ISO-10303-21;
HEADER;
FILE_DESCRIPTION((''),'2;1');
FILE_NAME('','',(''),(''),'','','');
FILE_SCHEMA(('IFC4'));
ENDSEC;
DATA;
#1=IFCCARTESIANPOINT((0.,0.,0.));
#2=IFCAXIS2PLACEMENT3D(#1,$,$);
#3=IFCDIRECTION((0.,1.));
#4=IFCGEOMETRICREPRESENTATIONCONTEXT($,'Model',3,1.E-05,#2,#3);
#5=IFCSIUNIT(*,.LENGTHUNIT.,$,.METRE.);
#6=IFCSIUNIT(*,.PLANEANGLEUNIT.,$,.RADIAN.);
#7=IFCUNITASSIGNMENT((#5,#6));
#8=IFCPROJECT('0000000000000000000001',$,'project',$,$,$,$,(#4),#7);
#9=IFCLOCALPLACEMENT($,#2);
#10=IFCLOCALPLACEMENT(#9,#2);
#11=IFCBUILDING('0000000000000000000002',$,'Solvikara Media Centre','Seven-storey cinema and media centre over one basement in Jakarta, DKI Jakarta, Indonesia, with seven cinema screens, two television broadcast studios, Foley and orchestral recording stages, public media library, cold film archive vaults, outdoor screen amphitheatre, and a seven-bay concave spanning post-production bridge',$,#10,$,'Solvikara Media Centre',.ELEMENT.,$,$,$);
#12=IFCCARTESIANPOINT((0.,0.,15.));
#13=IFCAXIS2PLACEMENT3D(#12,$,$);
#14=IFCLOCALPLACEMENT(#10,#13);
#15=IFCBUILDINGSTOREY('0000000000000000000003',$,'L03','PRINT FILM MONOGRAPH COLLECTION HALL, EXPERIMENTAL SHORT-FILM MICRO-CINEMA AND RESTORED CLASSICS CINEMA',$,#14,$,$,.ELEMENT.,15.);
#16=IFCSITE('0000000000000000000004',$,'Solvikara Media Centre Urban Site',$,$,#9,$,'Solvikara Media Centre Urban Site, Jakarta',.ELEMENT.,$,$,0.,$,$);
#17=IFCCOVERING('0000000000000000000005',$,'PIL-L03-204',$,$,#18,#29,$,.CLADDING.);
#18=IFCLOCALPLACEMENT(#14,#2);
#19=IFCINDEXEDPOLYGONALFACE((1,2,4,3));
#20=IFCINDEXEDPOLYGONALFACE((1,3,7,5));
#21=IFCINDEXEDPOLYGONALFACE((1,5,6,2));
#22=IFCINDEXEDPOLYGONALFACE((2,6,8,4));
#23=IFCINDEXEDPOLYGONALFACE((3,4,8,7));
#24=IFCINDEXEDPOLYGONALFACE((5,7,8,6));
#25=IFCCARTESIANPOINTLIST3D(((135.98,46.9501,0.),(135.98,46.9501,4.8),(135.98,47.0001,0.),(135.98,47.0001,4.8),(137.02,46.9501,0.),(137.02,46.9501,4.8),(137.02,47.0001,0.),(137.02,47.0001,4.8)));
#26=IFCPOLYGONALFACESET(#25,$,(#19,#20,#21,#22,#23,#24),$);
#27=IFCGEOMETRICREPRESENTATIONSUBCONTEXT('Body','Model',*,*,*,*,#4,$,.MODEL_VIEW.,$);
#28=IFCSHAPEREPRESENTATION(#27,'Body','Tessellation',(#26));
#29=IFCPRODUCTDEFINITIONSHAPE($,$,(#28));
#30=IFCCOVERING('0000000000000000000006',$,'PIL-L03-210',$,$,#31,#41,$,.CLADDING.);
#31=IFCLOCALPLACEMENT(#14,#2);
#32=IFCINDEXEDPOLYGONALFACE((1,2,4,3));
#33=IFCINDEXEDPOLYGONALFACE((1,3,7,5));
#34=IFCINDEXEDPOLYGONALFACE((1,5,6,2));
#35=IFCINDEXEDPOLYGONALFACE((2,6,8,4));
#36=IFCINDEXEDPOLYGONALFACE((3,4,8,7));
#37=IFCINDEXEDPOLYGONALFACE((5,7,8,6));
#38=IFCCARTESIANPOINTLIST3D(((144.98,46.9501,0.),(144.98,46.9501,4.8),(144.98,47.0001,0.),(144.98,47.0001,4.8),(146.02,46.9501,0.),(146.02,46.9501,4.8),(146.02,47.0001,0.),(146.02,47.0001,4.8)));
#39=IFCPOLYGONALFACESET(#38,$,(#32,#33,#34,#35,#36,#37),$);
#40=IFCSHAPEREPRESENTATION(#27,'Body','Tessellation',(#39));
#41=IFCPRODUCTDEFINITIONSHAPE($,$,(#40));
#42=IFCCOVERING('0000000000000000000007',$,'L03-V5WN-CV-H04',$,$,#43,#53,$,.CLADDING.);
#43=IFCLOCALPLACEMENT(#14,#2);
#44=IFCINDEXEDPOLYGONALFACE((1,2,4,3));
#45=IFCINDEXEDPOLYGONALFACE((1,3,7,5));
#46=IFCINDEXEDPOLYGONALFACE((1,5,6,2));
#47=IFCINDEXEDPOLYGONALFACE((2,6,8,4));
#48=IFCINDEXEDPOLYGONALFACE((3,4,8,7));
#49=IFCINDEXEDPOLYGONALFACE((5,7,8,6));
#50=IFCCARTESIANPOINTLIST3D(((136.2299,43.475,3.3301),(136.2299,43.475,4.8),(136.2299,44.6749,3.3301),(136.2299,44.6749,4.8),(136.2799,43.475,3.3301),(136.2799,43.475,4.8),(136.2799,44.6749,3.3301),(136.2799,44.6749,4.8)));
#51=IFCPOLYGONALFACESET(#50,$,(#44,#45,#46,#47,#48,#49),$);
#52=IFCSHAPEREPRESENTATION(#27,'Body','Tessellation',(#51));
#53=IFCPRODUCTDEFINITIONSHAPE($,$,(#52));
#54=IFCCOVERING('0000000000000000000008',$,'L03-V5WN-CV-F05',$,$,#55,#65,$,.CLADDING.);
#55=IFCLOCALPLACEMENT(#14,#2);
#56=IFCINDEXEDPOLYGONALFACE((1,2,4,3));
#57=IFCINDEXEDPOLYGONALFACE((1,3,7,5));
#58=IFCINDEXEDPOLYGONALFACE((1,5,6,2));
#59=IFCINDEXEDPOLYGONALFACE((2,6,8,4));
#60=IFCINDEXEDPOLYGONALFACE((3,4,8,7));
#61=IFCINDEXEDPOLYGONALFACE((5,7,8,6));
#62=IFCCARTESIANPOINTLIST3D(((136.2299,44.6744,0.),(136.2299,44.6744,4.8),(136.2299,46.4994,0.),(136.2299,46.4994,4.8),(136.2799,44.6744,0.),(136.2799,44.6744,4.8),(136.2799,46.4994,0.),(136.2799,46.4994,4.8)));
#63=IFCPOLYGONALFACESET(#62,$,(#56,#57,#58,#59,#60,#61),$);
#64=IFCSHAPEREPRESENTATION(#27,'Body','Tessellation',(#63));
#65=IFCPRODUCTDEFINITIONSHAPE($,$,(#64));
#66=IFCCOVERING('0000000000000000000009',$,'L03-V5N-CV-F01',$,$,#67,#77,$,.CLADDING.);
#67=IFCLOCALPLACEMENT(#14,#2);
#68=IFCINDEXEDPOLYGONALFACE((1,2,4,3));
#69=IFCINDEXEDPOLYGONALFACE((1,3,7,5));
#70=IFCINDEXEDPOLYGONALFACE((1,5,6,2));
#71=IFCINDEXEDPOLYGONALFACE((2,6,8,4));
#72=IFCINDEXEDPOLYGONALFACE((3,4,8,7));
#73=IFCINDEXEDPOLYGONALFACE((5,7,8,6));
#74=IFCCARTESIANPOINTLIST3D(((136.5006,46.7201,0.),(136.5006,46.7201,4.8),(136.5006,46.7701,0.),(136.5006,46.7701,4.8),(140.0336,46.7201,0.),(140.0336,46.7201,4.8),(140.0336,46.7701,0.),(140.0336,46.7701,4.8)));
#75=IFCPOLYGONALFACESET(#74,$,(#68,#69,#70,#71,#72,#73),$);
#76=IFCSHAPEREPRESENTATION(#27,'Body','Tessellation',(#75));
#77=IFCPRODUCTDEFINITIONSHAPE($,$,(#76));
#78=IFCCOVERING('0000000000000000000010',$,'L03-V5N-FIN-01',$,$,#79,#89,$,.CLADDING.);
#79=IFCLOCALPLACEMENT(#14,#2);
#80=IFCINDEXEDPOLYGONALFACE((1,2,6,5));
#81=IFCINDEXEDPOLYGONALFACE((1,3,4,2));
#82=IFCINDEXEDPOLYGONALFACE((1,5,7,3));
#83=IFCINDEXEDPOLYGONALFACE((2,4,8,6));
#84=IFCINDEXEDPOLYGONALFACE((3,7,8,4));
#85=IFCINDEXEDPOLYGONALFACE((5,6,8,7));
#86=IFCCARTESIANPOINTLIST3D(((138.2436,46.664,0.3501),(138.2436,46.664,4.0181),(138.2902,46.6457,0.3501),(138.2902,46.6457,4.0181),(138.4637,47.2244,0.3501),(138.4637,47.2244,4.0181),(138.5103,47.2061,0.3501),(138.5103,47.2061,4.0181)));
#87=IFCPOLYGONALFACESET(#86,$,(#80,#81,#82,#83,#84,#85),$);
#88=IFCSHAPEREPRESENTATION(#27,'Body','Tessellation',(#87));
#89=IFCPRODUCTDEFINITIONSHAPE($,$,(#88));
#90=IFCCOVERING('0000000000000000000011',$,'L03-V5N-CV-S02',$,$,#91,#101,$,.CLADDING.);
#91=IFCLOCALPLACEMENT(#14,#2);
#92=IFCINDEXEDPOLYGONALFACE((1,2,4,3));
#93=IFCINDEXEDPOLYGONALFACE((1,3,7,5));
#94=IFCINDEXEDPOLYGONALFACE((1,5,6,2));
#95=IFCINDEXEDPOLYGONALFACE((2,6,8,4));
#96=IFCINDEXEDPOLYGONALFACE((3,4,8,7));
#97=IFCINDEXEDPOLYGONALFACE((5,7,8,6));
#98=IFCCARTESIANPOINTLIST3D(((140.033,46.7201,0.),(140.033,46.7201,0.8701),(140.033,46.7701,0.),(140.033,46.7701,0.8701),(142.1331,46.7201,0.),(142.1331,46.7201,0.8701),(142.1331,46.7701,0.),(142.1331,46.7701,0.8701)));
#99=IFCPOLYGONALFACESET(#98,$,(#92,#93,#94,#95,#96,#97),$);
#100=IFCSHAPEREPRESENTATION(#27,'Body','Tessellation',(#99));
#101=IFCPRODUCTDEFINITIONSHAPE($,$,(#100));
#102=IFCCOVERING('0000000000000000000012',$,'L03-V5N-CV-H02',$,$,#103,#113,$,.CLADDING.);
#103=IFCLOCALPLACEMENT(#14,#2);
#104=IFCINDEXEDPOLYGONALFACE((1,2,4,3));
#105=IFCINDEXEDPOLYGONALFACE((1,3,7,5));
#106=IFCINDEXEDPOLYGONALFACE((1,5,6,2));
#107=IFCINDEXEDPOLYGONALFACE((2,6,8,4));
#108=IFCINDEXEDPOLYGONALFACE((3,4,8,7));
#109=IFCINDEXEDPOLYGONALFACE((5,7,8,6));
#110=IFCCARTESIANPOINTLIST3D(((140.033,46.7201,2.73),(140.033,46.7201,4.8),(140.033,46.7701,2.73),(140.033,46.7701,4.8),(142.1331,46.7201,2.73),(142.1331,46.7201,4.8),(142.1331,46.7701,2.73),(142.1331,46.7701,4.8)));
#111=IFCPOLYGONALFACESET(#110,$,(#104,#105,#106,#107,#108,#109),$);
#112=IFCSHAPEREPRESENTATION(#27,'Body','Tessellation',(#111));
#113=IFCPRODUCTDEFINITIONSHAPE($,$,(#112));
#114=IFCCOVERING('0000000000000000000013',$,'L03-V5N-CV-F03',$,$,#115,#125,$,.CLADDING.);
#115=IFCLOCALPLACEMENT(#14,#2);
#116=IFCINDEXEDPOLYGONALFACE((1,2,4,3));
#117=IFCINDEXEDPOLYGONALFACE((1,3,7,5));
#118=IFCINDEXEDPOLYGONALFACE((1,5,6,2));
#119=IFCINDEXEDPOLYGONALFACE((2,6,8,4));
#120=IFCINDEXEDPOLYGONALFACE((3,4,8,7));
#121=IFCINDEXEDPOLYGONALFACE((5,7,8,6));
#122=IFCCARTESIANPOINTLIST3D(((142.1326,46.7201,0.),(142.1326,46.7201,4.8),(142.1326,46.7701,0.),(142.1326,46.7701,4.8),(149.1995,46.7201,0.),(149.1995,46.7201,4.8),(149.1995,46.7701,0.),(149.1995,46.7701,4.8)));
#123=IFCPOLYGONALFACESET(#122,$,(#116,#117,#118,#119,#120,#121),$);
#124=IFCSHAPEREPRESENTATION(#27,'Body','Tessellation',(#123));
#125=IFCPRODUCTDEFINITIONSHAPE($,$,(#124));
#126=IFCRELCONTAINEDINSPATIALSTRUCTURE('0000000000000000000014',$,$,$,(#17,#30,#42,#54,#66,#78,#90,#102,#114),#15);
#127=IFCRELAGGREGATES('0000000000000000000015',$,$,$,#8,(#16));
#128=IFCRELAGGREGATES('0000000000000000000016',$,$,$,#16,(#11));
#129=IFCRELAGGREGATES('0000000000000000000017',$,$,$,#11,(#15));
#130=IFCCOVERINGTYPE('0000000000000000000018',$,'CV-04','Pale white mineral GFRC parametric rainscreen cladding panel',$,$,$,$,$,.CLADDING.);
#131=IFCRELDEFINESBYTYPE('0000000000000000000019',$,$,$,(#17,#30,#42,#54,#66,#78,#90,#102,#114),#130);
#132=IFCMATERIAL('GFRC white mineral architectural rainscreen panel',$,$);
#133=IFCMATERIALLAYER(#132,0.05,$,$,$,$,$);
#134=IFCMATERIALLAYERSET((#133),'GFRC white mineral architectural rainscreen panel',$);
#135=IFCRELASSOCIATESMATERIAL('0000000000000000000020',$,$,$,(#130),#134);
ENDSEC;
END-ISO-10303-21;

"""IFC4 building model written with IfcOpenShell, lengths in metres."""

from ifc_helpers import new_model, si_unit, direction, frame, origin, origin_2d, place, context, subcontext, project, spatial, rectangle, extrude, material, layer, layer_set, type_object, element, save


model = new_model("IFC4")

# Units and contexts
model_context = context("Model", 3, precision=1e-05, world=origin(), true_north=direction((0.0, 1.0)))
body_context = subcontext(model_context, "Body", "Model", "MODEL_VIEW")
ifc_project = project(units=[si_unit("LENGTHUNIT", "METRE"), si_unit("PLANEANGLEUNIT", "RADIAN")], contexts=[model_context])

# Site, building, storey
site_placement = place(None, origin())
site = spatial("IfcSite", under=ifc_project, at=site_placement, Name="Solvikara Media Centre Urban Site", LongName="Solvikara Media Centre Urban Site, Jakarta", CompositionType="ELEMENT", RefElevation=0.0)
building_placement = place(site_placement, origin())
building = spatial("IfcBuilding", under=site, at=building_placement, Name="Solvikara Media Centre", Description="Seven-storey cinema and media centre over one basement in Jakarta, DKI Jakarta, Indonesia, with seven cinema screens, two television broadcast studios, Foley and orchestral recording stages, public media library, cold film archive vaults, outdoor screen amphitheatre, and a seven-bay concave spanning post-production bridge", LongName="Solvikara Media Centre", CompositionType="ELEMENT")
storey_placement = place(building_placement, frame((0.0, 0.0, 15.0)))
storey = spatial("IfcBuildingStorey", under=building, at=storey_placement, Name="L03", Description="PRINT FILM MONOGRAPH COLLECTION HALL, EXPERIMENTAL SHORT-FILM MICRO-CINEMA AND RESTORED CLASSICS CINEMA", CompositionType="ELEMENT", Elevation=15.0)

# Coverings
ifc_material_1 = material(Name="GFRC white mineral architectural rainscreen panel")
ifc_layer_1 = layer(ifc_material_1, 0.05)
ifc_layer_set_1 = layer_set([ifc_layer_1], Name="GFRC white mineral architectural rainscreen panel")
covering_type_1 = type_object("IfcCoveringType", Name="CV-04", Description="Pale white mineral GFRC parametric rainscreen cladding panel", PredefinedType="CLADDING", material=ifc_layer_set_1)
for number, where, z_axis, x_axis, name in (
    (1, (136.5, 46.9751, 0.0), (0.0, 0.0, 1.0), (-1.0, 0.0, 0.0), "PIL-L03-204"),
    (2, (145.5, 46.9751, 0.0), (0.0, 0.0, 1.0), (-1.0, 0.0, 0.0), "PIL-L03-210"),
):
    element("IfcCovering", number, at=place(storey_placement, frame(where, z_axis=z_axis, x_axis=x_axis)), inside=storey, type_object=covering_type_1, Name=name, PredefinedType="CLADDING", context=body_context, shape_type="SweptSolid", body=[
        extrude(rectangle(XDim=1.04, YDim=0.05, at=origin_2d()), origin(), (0.0, 0.0, 1.0), 4.8),
    ])
covering_1_placement = place(storey_placement, frame((136.2549, 44.075, 3.3301), z_axis=(0.0, 0.0, 1.0), x_axis=(0.0, 1.0, 0.0)))
element("IfcCovering", 3, at=covering_1_placement, inside=storey, type_object=covering_type_1, Name="L03-V5WN-CV-H04", PredefinedType="CLADDING", context=body_context, shape_type="SweptSolid", body=[
    extrude(rectangle(XDim=1.2, YDim=0.05, at=origin_2d()), origin(), (0.0, 0.0, 1.0), 1.47),
])
covering_2_placement = place(storey_placement, frame((136.2549, 45.5869, 0.0), z_axis=(0.0, 0.0, 1.0), x_axis=(0.0, 1.0, 0.0)))
element("IfcCovering", 4, at=covering_2_placement, inside=storey, type_object=covering_type_1, Name="L03-V5WN-CV-F05", PredefinedType="CLADDING", context=body_context, shape_type="SweptSolid", body=[
    extrude(rectangle(XDim=1.825, YDim=0.05, at=origin_2d()), origin(), (0.0, 0.0, 1.0), 4.8),
])
covering_3_placement = place(storey_placement, frame((138.2671, 46.7451, 0.0), z_axis=(0.0, 0.0, 1.0), x_axis=(1.0, 0.0, 0.0)))
element("IfcCovering", 5, at=covering_3_placement, inside=storey, type_object=covering_type_1, Name="L03-V5N-CV-F01", PredefinedType="CLADDING", context=body_context, shape_type="SweptSolid", body=[
    extrude(rectangle(XDim=3.533, YDim=0.05, at=origin_2d()), origin(), (0.0, 0.0, 1.0), 4.8),
])
covering_4_placement = place(storey_placement, frame((138.377, 46.9351, 0.3501), z_axis=(0.0, 0.0, 1.0), x_axis=(0.365657, 0.93075, 0.0)))
element("IfcCovering", 6, at=covering_4_placement, inside=storey, type_object=covering_type_1, Name="L03-V5N-FIN-01", PredefinedType="CLADDING", context=body_context, shape_type="SweptSolid", body=[
    extrude(rectangle(XDim=0.6021, YDim=0.05, at=origin_2d()), origin(), (0.0, 0.0, 1.0), 3.668),
])
covering_5_placement = place(storey_placement, frame((141.083, 46.7451, 0.0), z_axis=(0.0, 0.0, 1.0), x_axis=(1.0, 0.0, 0.0)))
element("IfcCovering", 7, at=covering_5_placement, inside=storey, type_object=covering_type_1, Name="L03-V5N-CV-S02", PredefinedType="CLADDING", context=body_context, shape_type="SweptSolid", body=[
    extrude(rectangle(XDim=2.1001, YDim=0.05, at=origin_2d()), origin(), (0.0, 0.0, 1.0), 0.8701),
])
covering_6_placement = place(storey_placement, frame((141.083, 46.7451, 2.73), z_axis=(0.0, 0.0, 1.0), x_axis=(1.0, 0.0, 0.0)))
element("IfcCovering", 8, at=covering_6_placement, inside=storey, type_object=covering_type_1, Name="L03-V5N-CV-H02", PredefinedType="CLADDING", context=body_context, shape_type="SweptSolid", body=[
    extrude(rectangle(XDim=2.1001, YDim=0.05, at=origin_2d()), origin(), (0.0, 0.0, 1.0), 2.0701),
])
covering_7_placement = place(storey_placement, frame((145.666, 46.7451, 0.0), z_axis=(0.0, 0.0, 1.0), x_axis=(1.0, 0.0, 0.0)))
element("IfcCovering", 9, at=covering_7_placement, inside=storey, type_object=covering_type_1, Name="L03-V5N-CV-F03", PredefinedType="CLADDING", context=body_context, shape_type="SweptSolid", body=[
    extrude(rectangle(XDim=7.0669, YDim=0.05, at=origin_2d()), origin(), (0.0, 0.0, 1.0), 4.8),
])

save(model, "model.ifc")
